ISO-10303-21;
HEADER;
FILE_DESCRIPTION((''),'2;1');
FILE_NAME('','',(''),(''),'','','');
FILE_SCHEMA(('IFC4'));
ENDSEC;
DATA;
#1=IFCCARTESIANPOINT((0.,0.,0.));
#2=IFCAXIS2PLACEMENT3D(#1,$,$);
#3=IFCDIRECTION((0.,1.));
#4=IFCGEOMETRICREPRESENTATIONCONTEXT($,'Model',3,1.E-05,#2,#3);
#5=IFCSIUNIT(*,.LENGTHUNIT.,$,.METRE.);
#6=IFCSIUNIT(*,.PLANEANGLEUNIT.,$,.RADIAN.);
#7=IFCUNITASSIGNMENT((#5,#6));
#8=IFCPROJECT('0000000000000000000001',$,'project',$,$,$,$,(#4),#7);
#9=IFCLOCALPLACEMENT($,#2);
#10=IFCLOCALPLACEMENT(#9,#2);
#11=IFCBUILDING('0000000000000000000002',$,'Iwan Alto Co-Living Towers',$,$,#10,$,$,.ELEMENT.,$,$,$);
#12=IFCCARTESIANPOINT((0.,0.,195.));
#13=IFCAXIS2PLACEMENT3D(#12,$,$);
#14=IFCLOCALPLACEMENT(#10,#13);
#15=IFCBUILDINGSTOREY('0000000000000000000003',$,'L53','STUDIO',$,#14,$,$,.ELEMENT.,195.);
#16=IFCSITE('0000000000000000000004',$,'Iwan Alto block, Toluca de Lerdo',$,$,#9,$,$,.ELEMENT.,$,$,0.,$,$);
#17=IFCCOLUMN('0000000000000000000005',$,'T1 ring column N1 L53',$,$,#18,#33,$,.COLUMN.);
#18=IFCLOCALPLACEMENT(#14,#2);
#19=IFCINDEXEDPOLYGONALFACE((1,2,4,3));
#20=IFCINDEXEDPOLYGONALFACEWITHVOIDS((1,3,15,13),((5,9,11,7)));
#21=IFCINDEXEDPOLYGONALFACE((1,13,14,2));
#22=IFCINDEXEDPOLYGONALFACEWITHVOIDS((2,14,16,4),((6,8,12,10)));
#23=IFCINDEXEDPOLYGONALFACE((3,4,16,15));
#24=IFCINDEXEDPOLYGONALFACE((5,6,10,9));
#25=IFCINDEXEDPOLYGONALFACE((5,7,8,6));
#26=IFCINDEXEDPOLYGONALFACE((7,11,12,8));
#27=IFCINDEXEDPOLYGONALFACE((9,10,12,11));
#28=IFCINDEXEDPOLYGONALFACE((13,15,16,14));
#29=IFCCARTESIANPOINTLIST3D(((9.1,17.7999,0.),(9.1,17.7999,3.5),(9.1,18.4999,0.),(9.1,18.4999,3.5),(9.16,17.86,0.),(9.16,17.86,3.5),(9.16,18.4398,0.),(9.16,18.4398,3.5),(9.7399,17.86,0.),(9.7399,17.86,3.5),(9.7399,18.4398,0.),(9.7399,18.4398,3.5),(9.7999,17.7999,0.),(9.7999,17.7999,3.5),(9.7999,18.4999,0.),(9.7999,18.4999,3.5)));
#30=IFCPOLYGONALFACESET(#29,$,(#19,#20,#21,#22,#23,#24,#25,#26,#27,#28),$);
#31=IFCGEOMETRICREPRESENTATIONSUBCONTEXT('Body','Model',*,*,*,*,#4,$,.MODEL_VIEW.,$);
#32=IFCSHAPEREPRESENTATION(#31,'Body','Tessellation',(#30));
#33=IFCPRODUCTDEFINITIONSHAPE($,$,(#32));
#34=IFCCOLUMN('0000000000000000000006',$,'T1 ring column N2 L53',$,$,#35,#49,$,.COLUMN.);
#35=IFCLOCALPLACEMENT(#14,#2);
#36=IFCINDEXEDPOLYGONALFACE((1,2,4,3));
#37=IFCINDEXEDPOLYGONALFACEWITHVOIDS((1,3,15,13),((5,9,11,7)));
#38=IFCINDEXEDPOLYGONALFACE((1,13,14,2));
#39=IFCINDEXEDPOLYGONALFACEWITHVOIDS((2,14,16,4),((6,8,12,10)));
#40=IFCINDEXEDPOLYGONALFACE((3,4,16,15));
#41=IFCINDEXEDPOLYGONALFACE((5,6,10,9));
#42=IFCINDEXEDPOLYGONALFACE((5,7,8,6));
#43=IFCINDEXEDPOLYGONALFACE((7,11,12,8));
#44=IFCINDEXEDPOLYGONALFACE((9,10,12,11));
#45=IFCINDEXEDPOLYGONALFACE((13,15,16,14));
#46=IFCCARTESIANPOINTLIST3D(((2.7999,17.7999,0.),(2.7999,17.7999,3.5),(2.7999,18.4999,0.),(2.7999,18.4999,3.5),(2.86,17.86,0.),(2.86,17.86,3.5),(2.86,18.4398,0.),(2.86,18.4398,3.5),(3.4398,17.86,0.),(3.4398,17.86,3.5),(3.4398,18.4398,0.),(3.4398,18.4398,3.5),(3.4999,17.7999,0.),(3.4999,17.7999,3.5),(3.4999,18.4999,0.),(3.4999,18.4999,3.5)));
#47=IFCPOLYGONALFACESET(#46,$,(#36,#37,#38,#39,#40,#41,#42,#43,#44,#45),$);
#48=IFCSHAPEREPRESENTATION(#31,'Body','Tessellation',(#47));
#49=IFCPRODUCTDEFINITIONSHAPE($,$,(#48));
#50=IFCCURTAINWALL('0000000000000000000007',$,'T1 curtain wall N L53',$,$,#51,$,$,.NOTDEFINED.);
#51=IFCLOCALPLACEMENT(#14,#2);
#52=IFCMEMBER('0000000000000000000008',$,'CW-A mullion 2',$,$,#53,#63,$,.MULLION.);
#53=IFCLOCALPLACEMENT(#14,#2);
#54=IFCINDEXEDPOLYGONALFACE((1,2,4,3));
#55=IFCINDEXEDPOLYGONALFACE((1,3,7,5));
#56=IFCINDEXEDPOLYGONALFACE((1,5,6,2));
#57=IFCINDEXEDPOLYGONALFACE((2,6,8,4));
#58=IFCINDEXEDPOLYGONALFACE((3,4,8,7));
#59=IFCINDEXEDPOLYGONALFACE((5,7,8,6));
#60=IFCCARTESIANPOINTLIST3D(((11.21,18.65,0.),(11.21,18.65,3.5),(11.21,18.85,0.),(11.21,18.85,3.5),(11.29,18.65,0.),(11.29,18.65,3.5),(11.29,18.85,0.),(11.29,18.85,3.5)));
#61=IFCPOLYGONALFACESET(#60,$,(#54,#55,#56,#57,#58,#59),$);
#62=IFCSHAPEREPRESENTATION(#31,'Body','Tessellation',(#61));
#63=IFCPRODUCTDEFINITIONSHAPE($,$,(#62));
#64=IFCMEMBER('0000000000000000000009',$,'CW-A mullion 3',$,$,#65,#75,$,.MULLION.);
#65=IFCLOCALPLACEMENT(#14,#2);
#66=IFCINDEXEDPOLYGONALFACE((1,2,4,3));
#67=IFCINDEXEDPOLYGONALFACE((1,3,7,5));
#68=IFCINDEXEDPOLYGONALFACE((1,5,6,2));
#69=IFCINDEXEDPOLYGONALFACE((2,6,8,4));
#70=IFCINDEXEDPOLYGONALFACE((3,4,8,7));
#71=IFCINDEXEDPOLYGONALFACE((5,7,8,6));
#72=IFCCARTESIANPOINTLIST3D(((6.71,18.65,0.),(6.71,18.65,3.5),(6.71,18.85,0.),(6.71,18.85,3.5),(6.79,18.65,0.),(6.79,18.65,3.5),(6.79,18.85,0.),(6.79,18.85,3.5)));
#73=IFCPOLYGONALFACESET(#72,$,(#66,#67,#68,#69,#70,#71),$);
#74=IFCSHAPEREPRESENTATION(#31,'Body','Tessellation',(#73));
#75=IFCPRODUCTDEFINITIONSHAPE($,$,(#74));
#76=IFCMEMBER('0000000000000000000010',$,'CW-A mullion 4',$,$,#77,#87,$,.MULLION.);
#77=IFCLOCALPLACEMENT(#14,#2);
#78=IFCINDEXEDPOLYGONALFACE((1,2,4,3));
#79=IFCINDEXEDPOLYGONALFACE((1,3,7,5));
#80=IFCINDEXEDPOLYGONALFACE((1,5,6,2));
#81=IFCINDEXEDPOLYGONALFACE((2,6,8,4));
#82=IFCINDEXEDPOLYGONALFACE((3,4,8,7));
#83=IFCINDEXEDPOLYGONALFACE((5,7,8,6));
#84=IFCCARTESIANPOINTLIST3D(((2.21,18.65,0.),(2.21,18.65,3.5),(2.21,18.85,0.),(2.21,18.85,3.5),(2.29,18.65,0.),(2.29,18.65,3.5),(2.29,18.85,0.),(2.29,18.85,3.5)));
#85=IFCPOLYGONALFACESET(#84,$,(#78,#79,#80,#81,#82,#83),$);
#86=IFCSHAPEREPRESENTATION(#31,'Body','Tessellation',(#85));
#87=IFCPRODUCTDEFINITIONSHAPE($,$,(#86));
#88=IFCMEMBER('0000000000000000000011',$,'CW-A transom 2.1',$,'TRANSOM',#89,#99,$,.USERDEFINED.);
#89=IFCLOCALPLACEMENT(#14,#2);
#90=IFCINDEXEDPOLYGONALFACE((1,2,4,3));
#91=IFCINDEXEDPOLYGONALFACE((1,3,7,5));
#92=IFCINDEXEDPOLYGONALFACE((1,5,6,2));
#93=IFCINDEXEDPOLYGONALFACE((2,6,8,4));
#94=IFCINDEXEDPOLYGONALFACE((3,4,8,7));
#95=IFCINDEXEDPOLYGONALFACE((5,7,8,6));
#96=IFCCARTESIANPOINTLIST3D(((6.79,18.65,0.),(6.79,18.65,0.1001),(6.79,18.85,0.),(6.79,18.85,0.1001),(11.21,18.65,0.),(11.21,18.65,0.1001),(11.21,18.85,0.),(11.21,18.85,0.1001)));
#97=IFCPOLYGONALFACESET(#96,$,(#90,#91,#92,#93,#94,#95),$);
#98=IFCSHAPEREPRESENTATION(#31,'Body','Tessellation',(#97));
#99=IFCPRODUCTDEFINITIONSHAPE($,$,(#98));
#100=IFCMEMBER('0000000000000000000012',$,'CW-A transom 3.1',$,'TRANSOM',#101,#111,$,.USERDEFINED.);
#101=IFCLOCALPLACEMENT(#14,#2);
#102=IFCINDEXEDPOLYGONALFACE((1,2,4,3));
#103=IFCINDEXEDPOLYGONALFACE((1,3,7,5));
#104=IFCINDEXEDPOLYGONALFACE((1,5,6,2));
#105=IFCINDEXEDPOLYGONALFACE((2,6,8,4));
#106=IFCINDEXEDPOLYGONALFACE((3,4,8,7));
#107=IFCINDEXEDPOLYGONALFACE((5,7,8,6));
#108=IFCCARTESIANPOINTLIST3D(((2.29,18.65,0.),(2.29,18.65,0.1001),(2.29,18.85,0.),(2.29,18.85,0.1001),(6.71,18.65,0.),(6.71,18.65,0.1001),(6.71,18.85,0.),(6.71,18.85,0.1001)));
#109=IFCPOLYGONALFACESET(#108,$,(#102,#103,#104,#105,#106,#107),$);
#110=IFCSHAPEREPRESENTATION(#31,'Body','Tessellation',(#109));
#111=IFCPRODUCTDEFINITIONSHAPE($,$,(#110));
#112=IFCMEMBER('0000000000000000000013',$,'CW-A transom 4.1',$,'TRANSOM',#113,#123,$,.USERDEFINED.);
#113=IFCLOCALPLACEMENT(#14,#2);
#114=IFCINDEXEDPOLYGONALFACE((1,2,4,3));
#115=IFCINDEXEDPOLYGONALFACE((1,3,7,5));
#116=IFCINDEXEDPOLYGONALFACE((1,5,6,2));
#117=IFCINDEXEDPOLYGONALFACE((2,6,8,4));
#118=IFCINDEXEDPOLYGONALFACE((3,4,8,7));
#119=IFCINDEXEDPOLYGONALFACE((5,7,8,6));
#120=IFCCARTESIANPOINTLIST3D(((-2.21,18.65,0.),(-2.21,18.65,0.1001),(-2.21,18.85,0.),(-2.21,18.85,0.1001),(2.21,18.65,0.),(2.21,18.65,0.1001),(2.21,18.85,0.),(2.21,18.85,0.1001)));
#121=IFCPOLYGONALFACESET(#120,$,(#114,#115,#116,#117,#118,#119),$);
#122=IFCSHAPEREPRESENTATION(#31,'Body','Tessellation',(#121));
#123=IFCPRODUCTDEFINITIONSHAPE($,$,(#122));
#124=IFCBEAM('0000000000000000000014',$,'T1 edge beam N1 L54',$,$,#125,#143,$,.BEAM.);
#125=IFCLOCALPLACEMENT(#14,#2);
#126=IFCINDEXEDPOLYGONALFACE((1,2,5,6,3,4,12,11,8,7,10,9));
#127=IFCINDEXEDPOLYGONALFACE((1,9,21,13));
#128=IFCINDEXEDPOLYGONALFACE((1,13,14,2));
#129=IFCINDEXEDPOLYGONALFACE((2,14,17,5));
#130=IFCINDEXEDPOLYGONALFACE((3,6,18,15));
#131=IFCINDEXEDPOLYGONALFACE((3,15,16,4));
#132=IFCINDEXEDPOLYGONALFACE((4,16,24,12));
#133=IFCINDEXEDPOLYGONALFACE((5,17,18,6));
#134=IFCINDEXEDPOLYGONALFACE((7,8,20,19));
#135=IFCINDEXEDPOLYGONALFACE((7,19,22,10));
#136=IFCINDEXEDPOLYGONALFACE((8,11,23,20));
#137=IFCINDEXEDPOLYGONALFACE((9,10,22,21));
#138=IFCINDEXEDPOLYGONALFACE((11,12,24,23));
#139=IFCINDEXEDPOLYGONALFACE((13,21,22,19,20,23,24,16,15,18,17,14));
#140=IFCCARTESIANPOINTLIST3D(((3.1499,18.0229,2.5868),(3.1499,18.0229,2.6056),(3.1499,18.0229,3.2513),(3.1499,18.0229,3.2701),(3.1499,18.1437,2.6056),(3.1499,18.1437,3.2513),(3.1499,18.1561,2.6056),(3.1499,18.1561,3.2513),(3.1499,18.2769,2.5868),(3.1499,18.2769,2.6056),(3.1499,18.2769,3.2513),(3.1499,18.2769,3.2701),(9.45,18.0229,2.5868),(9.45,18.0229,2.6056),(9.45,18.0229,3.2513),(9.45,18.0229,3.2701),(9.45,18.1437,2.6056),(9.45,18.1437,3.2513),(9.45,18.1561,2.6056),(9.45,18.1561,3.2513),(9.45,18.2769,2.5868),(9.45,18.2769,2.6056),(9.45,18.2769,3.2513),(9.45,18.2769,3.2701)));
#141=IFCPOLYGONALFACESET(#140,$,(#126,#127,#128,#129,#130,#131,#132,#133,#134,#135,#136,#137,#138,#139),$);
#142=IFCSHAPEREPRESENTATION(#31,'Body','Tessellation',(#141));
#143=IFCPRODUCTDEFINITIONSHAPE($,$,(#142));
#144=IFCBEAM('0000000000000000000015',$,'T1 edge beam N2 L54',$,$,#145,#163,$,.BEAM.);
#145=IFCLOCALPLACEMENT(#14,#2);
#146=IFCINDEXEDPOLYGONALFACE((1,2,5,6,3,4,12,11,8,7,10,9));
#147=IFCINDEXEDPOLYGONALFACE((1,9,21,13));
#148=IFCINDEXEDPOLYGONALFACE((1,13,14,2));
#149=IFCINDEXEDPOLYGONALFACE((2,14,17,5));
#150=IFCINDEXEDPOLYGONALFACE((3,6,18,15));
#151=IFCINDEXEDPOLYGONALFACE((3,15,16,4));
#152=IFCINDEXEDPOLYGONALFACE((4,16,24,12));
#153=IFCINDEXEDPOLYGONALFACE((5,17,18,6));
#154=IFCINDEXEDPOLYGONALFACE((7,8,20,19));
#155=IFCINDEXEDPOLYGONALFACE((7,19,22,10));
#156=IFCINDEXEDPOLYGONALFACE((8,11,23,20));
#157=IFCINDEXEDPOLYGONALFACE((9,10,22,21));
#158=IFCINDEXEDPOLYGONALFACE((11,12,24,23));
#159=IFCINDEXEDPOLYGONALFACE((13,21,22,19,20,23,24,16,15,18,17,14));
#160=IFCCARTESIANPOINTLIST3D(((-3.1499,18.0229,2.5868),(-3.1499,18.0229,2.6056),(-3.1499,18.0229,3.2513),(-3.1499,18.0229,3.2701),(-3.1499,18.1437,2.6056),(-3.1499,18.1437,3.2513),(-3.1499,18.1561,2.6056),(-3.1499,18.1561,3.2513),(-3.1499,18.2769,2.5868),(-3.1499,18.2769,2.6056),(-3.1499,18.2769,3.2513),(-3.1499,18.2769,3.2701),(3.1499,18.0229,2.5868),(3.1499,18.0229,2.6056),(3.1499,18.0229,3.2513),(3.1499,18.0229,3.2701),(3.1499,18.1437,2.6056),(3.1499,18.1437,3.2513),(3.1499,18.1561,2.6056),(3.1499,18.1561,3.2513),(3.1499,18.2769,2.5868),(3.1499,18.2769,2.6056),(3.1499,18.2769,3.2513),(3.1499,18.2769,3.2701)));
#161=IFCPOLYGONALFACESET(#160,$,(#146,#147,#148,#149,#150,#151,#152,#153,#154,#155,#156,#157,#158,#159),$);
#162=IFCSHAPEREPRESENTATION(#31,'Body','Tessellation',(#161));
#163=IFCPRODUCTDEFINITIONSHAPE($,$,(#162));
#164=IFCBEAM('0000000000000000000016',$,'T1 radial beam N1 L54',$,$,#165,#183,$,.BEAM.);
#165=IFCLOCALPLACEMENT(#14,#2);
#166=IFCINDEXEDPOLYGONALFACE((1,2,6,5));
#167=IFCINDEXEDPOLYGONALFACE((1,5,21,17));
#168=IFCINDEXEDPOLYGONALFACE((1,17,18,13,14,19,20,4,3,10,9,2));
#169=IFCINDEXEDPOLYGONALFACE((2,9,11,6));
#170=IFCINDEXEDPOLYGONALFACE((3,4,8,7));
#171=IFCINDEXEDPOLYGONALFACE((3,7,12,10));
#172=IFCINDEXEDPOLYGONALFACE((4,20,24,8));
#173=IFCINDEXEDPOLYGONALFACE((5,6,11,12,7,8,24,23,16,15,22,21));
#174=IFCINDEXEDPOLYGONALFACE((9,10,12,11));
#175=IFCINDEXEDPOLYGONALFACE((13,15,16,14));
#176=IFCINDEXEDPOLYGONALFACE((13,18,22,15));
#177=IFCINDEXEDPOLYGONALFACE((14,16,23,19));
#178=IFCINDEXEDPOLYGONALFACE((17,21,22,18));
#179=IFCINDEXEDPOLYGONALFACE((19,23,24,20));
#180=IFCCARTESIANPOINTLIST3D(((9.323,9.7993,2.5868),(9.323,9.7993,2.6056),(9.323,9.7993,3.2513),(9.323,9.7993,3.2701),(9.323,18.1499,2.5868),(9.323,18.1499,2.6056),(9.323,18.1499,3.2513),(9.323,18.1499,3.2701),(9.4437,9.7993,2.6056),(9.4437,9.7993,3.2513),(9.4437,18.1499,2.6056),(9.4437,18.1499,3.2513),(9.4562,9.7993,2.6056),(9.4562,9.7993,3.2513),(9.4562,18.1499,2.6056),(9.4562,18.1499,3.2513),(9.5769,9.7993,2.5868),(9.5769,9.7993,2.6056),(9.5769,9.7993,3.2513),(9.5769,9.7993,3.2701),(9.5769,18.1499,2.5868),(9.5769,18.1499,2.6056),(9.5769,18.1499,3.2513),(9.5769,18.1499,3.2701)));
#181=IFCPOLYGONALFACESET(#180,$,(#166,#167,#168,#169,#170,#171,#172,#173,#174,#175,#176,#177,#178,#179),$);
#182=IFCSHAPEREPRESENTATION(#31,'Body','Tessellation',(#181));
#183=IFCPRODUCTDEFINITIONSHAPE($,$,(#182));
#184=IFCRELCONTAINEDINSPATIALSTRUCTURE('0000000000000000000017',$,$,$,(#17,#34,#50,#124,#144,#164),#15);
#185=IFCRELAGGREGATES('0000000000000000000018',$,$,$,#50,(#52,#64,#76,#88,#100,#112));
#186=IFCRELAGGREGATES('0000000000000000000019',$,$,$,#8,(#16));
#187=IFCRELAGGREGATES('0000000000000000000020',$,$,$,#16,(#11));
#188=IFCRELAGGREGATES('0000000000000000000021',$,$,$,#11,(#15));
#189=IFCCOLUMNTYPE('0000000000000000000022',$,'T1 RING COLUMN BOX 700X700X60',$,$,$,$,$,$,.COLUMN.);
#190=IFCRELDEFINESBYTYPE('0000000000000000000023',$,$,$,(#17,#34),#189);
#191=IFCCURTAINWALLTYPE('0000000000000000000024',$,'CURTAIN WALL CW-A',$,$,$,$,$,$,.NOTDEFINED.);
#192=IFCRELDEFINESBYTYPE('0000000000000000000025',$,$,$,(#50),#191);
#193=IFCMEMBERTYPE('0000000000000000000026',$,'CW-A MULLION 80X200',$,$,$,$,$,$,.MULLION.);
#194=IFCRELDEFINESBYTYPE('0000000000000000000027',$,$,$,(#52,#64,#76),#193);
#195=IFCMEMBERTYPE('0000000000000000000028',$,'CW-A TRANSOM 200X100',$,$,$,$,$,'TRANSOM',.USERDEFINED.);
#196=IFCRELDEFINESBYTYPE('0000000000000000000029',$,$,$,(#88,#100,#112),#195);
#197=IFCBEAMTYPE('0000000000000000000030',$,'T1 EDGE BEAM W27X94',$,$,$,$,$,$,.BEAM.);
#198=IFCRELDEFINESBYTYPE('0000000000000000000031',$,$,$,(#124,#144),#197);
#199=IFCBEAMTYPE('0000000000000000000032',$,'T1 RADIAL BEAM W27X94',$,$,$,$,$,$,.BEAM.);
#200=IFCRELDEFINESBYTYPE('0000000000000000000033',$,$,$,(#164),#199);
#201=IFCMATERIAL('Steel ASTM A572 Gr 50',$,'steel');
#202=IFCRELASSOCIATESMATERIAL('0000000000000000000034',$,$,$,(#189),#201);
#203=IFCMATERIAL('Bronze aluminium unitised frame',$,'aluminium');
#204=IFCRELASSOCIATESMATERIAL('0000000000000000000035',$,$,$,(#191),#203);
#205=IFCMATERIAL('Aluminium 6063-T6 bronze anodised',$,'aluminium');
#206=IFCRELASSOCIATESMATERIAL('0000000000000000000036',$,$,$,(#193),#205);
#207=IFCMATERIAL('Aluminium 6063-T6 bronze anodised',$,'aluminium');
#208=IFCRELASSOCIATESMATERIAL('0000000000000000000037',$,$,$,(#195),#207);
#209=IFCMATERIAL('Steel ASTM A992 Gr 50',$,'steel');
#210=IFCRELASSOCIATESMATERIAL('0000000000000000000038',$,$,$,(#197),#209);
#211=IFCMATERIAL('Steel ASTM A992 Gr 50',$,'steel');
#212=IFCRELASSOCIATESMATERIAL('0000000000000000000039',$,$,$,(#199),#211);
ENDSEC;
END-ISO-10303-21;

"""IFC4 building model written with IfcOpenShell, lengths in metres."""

from ifc_helpers import new_model, si_unit, direction, frame, origin, origin_2d, place, context, subcontext, project, spatial, rectangle, hollow_rectangle, i_section, extrude, material, material_profile, profile_set, type_object, element, aggregate, save


model = new_model("IFC4")

# Units and contexts
model_context = context("Model", 3, precision=1e-05, world=origin(), true_north=direction((0.0, 1.0)))
body_context = subcontext(model_context, "Body", "Model", "MODEL_VIEW")
ifc_project = project(units=[si_unit("LENGTHUNIT", "METRE"), si_unit("PLANEANGLEUNIT", "RADIAN")], contexts=[model_context])

# Site, building, storey
site_placement = place(None, origin())
site = spatial("IfcSite", under=ifc_project, at=site_placement, Name="Iwan Alto block, Toluca de Lerdo", CompositionType="ELEMENT", RefElevation=0.0)
building_placement = place(site_placement, origin())
building = spatial("IfcBuilding", under=site, at=building_placement, Name="Iwan Alto Co-Living Towers", CompositionType="ELEMENT")
storey_placement = place(building_placement, frame((0.0, 0.0, 195.0)))
storey = spatial("IfcBuildingStorey", under=building, at=storey_placement, Name="L53", Description="STUDIO", CompositionType="ELEMENT", Elevation=195.0)

# Columns
ifc_material_1 = material(Name="Steel ASTM A572 Gr 50", Category="steel")
ifc_material_profile_1 = material_profile(ifc_material_1, hollow_rectangle(XDim=0.7, YDim=0.7, WallThickness=0.0601, at=origin_2d()), Name="BOX 700X700X60")
ifc_profile_set_1 = profile_set([ifc_material_profile_1], Name="Steel ASTM A572 Gr 50")
column_type = type_object("IfcColumnType", Name="T1 RING COLUMN BOX 700X700X60", PredefinedType="COLUMN", material=ifc_profile_set_1)
for number, where, z_axis, x_axis, name in (
    (1, (9.45, 18.1499, 0.0), (0.0, 0.0, 1.0), (1.0, 0.0, 0.0), "T1 ring column N1 L53"),
    (2, (3.1499, 18.1499, 0.0), (0.0, 0.0, 1.0), (1.0, 0.0, 0.0), "T1 ring column N2 L53"),
):
    element("IfcColumn", number, at=place(storey_placement, frame(where, z_axis=z_axis, x_axis=x_axis)), inside=storey, type_object=column_type, Name=name, PredefinedType="COLUMN", context=body_context, shape_type="SweptSolid", body=[
        extrude(hollow_rectangle(XDim=0.7, YDim=0.7, WallThickness=0.0601, at=origin_2d()), origin(), (0.0, 0.0, 1.0), 3.5),
    ])

# Curtain wall, members
ifc_material_2 = material(Name="Bronze aluminium unitised frame", Category="aluminium")
curtain_wall_type = type_object("IfcCurtainWallType", Name="CURTAIN WALL CW-A", PredefinedType="NOTDEFINED", material=ifc_material_2)
curtain_wall_placement = place(storey_placement, origin())
curtain_wall = element("IfcCurtainWall", 3, at=curtain_wall_placement, inside=storey, type_object=curtain_wall_type, Name="T1 curtain wall N L53", PredefinedType="NOTDEFINED")
ifc_material_3 = material(Name="Aluminium 6063-T6 bronze anodised", Category="aluminium")
ifc_material_profile_2 = material_profile(ifc_material_3, rectangle(XDim=0.2, YDim=0.0801, at=origin_2d()), Name="AL 80X200")
ifc_profile_set_2 = profile_set([ifc_material_profile_2], Name="Aluminium 6063-T6 bronze anodised")
member_type_1 = type_object("IfcMemberType", Name="CW-A MULLION 80X200", PredefinedType="MULLION", material=ifc_profile_set_2)
member_1_placement = place(storey_placement, frame((11.25, 18.75, 0.0), z_axis=(0.0, 0.0, 1.0), x_axis=(0.0, -1.0, 0.0)))
member_1 = element("IfcMember", 4, at=member_1_placement, type_object=member_type_1, Name="CW-A mullion 2", PredefinedType="MULLION", context=body_context, shape_type="SweptSolid", body=[
    extrude(rectangle(XDim=0.2, YDim=0.0801, at=origin_2d()), origin(), (0.0, 0.0, 1.0), 3.5),
])
member_2_placement = place(storey_placement, frame((6.75, 18.75, 0.0), z_axis=(0.0, 0.0, 1.0), x_axis=(0.0, -1.0, 0.0)))
member_2 = element("IfcMember", 5, at=member_2_placement, type_object=member_type_1, Name="CW-A mullion 3", PredefinedType="MULLION", context=body_context, shape_type="SweptSolid", body=[
    extrude(rectangle(XDim=0.2, YDim=0.0801, at=origin_2d()), origin(), (0.0, 0.0, 1.0), 3.5),
])
member_3_placement = place(storey_placement, frame((2.25, 18.75, 0.0), z_axis=(0.0, 0.0, 1.0), x_axis=(0.0, -1.0, 0.0)))
member_3 = element("IfcMember", 6, at=member_3_placement, type_object=member_type_1, Name="CW-A mullion 4", PredefinedType="MULLION", context=body_context, shape_type="SweptSolid", body=[
    extrude(rectangle(XDim=0.2, YDim=0.0801, at=origin_2d()), origin(), (0.0, 0.0, 1.0), 3.5),
])
ifc_material_4 = material(Name="Aluminium 6063-T6 bronze anodised", Category="aluminium")
ifc_material_profile_3 = material_profile(ifc_material_4, rectangle(XDim=0.2, YDim=0.1001, at=origin_2d()), Name="AL 200X100")
ifc_profile_set_3 = profile_set([ifc_material_profile_3], Name="Aluminium 6063-T6 bronze anodised")
member_type_2 = type_object("IfcMemberType", Name="CW-A TRANSOM 200X100", ElementType="TRANSOM", PredefinedType="USERDEFINED", material=ifc_profile_set_3)
member_4_placement = place(storey_placement, frame((11.21, 18.75, 0.05), z_axis=(-1.0, 0.0, 0.0), x_axis=(0.0, -1.0, 0.0)))
member_4 = element("IfcMember", 7, at=member_4_placement, type_object=member_type_2, Name="CW-A transom 2.1", ObjectType="TRANSOM", PredefinedType="USERDEFINED", context=body_context, shape_type="SweptSolid", body=[
    extrude(rectangle(XDim=0.2, YDim=0.1001, at=origin_2d()), origin(), (0.0, 0.0, 1.0), 4.4199),
])
member_5_placement = place(storey_placement, frame((6.71, 18.75, 0.05), z_axis=(-1.0, 0.0, 0.0), x_axis=(0.0, -1.0, 0.0)))
member_5 = element("IfcMember", 8, at=member_5_placement, type_object=member_type_2, Name="CW-A transom 3.1", ObjectType="TRANSOM", PredefinedType="USERDEFINED", context=body_context, shape_type="SweptSolid", body=[
    extrude(rectangle(XDim=0.2, YDim=0.1001, at=origin_2d()), origin(), (0.0, 0.0, 1.0), 4.4199),
])
member_6_placement = place(storey_placement, frame((2.21, 18.75, 0.05), z_axis=(-1.0, 0.0, 0.0), x_axis=(0.0, -1.0, 0.0)))
member_6 = element("IfcMember", 9, at=member_6_placement, type_object=member_type_2, Name="CW-A transom 4.1", ObjectType="TRANSOM", PredefinedType="USERDEFINED", context=body_context, shape_type="SweptSolid", body=[
    extrude(rectangle(XDim=0.2, YDim=0.1001, at=origin_2d()), origin(), (0.0, 0.0, 1.0), 4.4199),
])

# Beams
ifc_material_5 = material(Name="Steel ASTM A992 Gr 50", Category="steel")
ifc_material_profile_4 = material_profile(ifc_material_5, i_section(OverallWidth=0.2539, OverallDepth=0.6833, WebThickness=0.0125, FlangeThickness=0.0188, at=origin_2d()), Name="W27X94")
ifc_profile_set_4 = profile_set([ifc_material_profile_4], Name="Steel ASTM A992 Gr 50")
beam_type_1 = type_object("IfcBeamType", Name="T1 EDGE BEAM W27X94", PredefinedType="BEAM", material=ifc_profile_set_4)
beam_1_placement = place(storey_placement, frame((9.45, 18.1499, 2.9285), z_axis=(-1.0, 0.0, 0.0), x_axis=(0.0, -1.0, 0.0)))
element("IfcBeam", 10, at=beam_1_placement, inside=storey, type_object=beam_type_1, Name="T1 edge beam N1 L54", PredefinedType="BEAM", context=body_context, shape_type="SweptSolid", body=[
    extrude(i_section(OverallWidth=0.2539, OverallDepth=0.6833, WebThickness=0.0125, FlangeThickness=0.0188, at=origin_2d()), origin(), (0.0, 0.0, 1.0), 6.3),
])
beam_2_placement = place(storey_placement, frame((3.1499, 18.1499, 2.9285), z_axis=(-1.0, 0.0, 0.0), x_axis=(0.0, -1.0, 0.0)))
element("IfcBeam", 11, at=beam_2_placement, inside=storey, type_object=beam_type_1, Name="T1 edge beam N2 L54", PredefinedType="BEAM", context=body_context, shape_type="SweptSolid", body=[
    extrude(i_section(OverallWidth=0.2539, OverallDepth=0.6833, WebThickness=0.0125, FlangeThickness=0.0188, at=origin_2d()), origin(), (0.0, 0.0, 1.0), 6.2998),
])
ifc_material_6 = material(Name="Steel ASTM A992 Gr 50", Category="steel")
ifc_material_profile_5 = material_profile(ifc_material_6, i_section(OverallWidth=0.2539, OverallDepth=0.6833, WebThickness=0.0125, FlangeThickness=0.0188, at=origin_2d()), Name="W27X94")
ifc_profile_set_5 = profile_set([ifc_material_profile_5], Name="Steel ASTM A992 Gr 50")
beam_type_2 = type_object("IfcBeamType", Name="T1 RADIAL BEAM W27X94", PredefinedType="BEAM", material=ifc_profile_set_5)
for number, where, z_axis, x_axis, name in (
    (12, (9.45, 18.1499, 2.9285), (0.0, -1.0, 0.0), (1.0, 0.0, 0.0), "T1 radial beam N1 L54"),
):
    element("IfcBeam", number, at=place(storey_placement, frame(where, z_axis=z_axis, x_axis=x_axis)), inside=storey, type_object=beam_type_2, Name=name, PredefinedType="BEAM", context=body_context, shape_type="SweptSolid", body=[
        extrude(i_section(OverallWidth=0.2539, OverallDepth=0.6833, WebThickness=0.0125, FlangeThickness=0.0188, at=origin_2d()), origin(), (0.0, 0.0, 1.0), 8.3506),
    ])

aggregate(curtain_wall, [member_1, member_2, member_3, member_4, member_5, member_6])

save(model, "model.ifc")
